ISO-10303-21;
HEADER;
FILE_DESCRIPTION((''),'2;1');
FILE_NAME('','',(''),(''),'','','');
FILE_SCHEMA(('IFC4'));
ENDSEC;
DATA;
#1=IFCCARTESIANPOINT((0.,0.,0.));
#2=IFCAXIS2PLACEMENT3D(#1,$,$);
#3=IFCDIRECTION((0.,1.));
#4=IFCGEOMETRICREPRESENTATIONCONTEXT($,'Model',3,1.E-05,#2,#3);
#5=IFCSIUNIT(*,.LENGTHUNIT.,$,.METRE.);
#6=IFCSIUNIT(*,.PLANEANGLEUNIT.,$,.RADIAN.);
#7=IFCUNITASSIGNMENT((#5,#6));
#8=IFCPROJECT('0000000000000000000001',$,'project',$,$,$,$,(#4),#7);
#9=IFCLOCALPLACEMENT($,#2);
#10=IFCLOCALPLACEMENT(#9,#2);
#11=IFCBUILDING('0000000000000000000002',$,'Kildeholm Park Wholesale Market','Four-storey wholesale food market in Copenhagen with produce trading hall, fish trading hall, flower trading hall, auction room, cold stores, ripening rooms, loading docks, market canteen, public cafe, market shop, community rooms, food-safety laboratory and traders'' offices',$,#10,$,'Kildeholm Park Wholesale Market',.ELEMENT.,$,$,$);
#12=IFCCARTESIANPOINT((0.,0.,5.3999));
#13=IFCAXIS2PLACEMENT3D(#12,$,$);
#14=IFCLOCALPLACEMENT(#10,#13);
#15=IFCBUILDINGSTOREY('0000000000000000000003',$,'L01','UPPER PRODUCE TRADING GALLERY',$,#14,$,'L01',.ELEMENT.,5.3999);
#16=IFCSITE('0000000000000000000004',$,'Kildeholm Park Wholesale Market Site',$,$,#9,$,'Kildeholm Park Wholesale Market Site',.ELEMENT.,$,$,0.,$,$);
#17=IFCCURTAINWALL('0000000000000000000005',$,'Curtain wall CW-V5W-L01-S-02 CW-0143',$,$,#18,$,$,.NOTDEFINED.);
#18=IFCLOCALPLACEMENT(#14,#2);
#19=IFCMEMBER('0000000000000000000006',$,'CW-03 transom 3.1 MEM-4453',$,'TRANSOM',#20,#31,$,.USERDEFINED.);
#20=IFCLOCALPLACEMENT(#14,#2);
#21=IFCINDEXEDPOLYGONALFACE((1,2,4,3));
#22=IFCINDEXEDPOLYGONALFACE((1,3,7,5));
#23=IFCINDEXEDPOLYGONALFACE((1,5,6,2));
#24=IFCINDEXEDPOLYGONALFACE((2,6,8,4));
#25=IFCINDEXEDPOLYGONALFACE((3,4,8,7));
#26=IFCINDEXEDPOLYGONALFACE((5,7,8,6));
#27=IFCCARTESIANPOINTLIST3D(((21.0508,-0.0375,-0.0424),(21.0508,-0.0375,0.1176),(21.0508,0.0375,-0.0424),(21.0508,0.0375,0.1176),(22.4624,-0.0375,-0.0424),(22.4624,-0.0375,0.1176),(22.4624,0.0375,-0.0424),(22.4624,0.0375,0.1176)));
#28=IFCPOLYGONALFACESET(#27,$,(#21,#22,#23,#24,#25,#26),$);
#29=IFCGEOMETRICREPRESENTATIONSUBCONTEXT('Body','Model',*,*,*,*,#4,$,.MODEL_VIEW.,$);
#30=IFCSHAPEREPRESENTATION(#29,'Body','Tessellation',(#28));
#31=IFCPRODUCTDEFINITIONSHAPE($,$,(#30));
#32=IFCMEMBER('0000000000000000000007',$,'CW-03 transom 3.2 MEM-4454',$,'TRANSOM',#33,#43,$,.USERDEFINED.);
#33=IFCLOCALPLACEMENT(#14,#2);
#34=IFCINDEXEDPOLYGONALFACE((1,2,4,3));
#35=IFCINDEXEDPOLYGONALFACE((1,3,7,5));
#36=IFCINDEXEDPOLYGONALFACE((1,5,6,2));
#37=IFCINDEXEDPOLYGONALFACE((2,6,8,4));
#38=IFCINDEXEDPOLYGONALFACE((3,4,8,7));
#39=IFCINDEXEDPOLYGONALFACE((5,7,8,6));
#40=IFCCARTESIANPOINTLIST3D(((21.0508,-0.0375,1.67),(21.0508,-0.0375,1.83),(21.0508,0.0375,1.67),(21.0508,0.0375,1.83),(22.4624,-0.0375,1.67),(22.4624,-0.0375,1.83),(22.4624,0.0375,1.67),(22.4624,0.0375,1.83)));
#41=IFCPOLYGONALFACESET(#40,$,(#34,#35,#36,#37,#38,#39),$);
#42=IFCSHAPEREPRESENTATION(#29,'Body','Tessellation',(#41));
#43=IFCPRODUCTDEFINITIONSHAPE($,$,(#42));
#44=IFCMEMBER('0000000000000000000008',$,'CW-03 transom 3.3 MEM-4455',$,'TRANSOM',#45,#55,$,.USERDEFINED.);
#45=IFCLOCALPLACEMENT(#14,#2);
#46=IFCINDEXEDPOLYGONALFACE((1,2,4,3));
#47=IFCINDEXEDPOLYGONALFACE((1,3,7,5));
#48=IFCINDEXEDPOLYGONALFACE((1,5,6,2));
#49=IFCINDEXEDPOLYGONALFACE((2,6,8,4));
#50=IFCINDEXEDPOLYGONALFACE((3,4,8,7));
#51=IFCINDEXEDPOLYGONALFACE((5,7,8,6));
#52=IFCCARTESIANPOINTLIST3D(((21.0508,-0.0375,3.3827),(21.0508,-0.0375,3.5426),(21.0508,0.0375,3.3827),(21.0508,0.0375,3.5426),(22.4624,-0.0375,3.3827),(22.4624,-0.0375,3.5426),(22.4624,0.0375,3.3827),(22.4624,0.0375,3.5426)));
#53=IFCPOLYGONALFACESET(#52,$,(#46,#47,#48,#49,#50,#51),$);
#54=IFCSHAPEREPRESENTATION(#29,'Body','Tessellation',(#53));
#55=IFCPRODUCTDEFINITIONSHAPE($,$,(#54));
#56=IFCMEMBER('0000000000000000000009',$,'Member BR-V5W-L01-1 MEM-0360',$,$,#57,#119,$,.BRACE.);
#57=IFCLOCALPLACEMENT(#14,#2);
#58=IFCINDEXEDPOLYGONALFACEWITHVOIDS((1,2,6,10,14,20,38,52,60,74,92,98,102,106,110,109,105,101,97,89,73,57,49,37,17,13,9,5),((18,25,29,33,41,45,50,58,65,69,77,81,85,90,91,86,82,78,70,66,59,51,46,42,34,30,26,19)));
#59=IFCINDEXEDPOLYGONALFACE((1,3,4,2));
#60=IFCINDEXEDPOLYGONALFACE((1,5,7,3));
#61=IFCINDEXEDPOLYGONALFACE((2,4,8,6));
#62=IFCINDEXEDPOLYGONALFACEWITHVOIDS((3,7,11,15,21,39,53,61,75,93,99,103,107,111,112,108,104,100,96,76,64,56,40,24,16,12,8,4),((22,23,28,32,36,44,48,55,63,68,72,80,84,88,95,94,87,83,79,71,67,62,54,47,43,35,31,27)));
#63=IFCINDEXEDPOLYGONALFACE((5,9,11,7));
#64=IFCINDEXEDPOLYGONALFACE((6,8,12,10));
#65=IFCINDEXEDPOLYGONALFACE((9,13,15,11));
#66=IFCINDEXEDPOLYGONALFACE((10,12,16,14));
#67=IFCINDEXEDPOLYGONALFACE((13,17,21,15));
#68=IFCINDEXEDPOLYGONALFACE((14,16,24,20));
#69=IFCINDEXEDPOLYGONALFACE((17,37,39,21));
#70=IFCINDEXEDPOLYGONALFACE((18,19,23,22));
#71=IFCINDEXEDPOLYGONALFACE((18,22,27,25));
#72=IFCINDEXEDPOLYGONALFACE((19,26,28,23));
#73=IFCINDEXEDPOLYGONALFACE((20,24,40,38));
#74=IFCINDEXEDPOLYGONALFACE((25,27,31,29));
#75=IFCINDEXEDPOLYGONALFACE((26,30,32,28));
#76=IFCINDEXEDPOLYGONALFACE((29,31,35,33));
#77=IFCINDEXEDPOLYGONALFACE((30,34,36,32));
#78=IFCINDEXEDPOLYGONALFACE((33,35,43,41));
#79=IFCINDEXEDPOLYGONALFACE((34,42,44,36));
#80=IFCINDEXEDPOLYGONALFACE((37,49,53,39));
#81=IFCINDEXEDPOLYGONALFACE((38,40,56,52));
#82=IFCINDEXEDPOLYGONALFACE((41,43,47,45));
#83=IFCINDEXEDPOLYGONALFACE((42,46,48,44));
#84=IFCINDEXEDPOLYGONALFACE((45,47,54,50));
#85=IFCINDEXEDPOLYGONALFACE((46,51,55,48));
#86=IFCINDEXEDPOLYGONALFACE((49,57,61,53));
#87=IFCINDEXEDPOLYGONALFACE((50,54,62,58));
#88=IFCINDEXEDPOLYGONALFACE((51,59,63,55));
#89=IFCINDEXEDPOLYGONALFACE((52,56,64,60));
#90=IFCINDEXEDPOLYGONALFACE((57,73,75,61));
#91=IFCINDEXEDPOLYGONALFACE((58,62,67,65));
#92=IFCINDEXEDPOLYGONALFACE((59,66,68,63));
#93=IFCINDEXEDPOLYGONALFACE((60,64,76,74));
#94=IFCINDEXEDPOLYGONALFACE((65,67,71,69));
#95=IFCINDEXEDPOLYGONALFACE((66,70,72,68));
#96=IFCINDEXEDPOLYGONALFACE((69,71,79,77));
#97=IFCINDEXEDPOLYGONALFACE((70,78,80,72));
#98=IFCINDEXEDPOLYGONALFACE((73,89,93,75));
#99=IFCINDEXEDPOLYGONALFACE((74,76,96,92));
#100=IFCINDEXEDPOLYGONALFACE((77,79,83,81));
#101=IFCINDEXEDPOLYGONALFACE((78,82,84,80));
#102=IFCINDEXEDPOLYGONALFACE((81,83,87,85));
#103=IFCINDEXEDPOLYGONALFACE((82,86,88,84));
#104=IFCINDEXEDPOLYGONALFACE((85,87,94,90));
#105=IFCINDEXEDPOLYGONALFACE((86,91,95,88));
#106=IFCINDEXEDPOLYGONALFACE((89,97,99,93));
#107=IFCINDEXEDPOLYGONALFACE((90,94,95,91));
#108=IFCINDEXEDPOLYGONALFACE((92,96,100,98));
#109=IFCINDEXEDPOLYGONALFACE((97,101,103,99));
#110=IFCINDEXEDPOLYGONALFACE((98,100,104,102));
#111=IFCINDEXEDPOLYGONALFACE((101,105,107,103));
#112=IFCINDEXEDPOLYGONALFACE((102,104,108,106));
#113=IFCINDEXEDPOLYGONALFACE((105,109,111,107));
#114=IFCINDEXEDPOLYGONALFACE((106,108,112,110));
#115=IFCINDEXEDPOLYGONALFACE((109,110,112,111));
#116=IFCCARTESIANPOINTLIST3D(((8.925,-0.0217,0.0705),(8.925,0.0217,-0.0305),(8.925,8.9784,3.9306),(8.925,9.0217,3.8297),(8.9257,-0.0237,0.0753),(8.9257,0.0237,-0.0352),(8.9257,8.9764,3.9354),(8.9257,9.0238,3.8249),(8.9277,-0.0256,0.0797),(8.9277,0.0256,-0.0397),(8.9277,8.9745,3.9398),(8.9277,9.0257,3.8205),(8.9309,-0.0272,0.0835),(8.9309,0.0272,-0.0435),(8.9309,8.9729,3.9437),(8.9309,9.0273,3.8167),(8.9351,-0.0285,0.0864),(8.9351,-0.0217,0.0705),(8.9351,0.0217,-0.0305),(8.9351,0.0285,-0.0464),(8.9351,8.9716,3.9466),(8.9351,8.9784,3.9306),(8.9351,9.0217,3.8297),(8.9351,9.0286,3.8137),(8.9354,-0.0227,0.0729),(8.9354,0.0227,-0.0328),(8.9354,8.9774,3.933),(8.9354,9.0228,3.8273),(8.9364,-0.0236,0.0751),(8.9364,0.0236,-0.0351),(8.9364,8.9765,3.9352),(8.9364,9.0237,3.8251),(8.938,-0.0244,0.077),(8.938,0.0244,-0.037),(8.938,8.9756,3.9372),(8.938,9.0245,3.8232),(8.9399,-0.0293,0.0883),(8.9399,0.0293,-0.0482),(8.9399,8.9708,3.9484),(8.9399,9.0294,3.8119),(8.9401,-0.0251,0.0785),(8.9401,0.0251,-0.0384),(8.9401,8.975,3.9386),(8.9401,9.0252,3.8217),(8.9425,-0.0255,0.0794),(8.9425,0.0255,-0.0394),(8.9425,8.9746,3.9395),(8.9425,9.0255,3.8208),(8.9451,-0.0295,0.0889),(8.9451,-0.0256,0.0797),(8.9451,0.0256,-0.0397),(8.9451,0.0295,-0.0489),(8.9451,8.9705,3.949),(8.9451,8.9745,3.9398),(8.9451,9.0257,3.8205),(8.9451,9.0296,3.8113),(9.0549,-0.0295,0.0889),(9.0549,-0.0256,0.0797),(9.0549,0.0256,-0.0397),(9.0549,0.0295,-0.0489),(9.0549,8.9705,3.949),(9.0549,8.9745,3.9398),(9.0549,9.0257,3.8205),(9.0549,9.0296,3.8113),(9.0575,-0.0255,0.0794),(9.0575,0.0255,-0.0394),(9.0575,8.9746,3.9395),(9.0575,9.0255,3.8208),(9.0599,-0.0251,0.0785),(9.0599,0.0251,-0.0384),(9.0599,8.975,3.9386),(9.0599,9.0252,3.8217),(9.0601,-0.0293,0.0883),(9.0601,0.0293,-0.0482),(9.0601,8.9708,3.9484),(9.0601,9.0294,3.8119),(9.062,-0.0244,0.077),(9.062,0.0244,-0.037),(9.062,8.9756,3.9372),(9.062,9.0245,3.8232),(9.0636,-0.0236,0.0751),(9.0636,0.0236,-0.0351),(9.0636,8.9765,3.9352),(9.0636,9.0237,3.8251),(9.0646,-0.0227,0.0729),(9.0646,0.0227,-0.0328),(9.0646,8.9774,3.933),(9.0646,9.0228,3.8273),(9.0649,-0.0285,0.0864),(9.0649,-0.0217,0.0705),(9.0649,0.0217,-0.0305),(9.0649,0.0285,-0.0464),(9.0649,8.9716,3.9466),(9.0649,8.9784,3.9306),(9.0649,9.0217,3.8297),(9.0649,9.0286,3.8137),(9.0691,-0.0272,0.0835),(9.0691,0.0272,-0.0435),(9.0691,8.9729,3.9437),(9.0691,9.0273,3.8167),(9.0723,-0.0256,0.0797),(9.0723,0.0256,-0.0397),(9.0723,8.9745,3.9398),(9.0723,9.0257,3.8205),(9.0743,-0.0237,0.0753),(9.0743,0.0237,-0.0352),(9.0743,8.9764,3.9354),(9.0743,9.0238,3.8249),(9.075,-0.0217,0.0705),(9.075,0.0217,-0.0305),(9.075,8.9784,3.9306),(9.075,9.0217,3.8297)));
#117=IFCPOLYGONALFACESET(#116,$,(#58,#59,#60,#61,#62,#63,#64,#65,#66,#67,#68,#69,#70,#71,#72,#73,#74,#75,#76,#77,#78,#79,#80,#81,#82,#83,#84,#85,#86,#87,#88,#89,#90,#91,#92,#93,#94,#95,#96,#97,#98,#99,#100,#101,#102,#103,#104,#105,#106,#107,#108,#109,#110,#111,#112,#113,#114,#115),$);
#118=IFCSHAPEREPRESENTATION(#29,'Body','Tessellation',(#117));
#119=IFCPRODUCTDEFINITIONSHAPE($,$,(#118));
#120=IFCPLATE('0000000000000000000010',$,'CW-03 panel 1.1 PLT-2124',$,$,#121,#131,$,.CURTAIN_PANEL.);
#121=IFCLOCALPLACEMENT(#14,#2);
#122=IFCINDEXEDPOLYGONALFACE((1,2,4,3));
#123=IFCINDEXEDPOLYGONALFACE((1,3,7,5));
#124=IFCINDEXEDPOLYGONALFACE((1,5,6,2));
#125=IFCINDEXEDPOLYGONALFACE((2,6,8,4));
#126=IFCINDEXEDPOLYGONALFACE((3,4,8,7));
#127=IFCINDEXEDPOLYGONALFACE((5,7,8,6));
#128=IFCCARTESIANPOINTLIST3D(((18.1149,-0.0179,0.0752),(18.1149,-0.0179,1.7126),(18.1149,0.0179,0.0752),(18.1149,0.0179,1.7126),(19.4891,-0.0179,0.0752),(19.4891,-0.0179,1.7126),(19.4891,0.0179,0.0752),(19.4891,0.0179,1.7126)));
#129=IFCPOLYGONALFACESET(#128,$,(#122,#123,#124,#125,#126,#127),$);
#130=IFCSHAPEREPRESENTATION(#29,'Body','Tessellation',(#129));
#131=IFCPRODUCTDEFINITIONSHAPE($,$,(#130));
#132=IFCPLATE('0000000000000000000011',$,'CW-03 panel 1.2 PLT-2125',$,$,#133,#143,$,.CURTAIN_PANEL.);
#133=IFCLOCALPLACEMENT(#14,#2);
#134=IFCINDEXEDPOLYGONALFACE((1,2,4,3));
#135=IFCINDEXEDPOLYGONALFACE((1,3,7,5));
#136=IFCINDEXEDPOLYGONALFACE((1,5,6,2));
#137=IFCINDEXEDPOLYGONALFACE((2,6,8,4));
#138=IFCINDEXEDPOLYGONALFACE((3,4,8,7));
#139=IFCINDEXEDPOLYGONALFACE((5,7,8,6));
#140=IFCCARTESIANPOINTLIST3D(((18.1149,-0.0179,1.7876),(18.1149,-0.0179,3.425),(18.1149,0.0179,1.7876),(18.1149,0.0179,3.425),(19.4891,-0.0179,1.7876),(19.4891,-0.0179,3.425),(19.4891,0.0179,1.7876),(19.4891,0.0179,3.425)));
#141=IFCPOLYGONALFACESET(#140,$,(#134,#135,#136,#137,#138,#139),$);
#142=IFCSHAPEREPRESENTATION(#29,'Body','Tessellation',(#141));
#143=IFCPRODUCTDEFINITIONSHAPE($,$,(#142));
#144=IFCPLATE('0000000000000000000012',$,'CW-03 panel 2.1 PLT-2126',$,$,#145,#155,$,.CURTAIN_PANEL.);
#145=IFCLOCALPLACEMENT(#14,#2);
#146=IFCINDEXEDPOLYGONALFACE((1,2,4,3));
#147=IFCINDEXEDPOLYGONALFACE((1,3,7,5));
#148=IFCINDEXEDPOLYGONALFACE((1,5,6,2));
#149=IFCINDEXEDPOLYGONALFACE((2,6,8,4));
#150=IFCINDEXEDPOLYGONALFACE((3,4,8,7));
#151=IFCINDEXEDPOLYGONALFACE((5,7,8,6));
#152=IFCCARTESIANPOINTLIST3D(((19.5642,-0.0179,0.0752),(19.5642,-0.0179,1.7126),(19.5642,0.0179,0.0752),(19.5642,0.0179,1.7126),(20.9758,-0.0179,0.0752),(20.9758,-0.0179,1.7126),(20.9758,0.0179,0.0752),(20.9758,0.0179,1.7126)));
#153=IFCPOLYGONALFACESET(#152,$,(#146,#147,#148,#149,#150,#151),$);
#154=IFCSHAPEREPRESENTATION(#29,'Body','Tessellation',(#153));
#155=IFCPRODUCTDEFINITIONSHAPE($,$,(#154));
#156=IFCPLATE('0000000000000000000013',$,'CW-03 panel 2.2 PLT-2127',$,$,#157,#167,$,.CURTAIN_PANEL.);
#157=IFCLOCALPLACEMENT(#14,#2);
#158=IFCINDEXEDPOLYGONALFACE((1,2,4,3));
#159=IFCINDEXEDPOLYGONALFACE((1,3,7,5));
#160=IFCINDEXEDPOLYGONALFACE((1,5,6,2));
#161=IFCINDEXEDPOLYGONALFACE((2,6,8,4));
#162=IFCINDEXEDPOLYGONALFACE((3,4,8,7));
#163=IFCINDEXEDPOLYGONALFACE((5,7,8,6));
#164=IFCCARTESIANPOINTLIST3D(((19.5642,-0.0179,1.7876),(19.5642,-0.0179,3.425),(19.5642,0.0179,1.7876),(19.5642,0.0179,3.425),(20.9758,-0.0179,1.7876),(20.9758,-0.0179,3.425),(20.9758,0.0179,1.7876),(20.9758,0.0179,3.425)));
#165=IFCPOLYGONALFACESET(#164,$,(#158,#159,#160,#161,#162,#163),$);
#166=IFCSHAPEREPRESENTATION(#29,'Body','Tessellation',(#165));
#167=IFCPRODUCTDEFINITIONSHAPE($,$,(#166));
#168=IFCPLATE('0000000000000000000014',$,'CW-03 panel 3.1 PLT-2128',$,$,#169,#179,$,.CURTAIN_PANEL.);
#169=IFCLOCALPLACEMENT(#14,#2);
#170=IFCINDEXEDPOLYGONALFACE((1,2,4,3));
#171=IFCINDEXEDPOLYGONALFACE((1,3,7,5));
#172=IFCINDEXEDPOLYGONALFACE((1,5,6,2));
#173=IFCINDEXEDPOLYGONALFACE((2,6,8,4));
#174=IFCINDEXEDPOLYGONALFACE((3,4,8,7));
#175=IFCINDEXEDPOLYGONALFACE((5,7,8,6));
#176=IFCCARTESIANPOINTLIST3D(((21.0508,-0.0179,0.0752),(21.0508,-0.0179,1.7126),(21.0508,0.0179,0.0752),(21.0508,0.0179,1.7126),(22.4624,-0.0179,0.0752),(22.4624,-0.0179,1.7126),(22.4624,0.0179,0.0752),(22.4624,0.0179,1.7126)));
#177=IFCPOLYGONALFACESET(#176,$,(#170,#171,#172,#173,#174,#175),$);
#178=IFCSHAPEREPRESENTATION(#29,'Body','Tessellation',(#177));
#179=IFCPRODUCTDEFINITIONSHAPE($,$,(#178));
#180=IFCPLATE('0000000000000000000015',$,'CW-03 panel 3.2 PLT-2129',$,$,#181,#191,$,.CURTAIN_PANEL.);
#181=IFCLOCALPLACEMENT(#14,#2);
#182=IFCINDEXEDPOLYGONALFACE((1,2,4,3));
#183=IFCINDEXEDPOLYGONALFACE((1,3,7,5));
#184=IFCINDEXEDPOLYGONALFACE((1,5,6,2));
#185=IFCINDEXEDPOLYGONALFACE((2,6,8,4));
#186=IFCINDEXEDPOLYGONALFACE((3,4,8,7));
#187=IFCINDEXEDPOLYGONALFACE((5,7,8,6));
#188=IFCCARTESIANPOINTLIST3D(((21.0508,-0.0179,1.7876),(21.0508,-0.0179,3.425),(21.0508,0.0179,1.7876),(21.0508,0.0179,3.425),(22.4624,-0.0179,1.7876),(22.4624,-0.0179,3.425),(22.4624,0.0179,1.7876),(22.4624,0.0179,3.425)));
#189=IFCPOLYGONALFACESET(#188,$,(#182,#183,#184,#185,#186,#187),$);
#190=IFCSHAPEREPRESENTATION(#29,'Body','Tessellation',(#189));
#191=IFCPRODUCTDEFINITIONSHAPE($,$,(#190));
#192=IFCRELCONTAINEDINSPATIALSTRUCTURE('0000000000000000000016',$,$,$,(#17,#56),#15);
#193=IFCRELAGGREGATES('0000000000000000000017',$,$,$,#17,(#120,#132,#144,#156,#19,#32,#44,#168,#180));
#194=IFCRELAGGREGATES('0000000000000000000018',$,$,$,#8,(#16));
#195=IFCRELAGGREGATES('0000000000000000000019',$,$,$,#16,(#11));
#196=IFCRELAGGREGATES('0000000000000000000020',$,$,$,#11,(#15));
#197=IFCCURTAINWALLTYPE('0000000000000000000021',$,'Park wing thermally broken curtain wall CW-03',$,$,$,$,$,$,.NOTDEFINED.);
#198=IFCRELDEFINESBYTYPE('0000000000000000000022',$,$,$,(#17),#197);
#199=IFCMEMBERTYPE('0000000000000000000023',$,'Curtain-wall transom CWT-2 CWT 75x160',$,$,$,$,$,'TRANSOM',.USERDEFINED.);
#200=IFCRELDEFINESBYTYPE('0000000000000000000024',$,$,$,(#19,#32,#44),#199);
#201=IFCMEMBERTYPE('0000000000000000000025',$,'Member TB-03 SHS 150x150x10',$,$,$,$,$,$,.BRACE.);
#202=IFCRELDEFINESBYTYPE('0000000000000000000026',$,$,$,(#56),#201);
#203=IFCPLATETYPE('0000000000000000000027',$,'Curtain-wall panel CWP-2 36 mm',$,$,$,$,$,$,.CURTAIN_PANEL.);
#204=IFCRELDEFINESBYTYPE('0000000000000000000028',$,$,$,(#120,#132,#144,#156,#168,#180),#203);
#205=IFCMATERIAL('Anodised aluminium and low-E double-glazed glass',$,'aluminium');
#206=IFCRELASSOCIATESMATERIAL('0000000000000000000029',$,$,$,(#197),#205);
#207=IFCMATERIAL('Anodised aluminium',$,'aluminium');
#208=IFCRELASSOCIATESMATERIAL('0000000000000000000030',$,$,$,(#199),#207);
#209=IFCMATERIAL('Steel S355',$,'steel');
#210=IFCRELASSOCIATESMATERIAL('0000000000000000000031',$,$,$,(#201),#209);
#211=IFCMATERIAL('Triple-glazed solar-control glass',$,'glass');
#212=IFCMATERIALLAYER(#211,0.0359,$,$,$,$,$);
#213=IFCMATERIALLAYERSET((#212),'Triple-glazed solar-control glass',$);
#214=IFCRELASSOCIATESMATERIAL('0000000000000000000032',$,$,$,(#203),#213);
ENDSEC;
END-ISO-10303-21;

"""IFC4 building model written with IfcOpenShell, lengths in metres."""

from ifc_helpers import new_model, si_unit, direction, frame, origin, origin_2d, place, context, subcontext, project, spatial, rectangle, hollow_rectangle, extrude, material, layer, layer_set, material_profile, profile_set, type_object, element, aggregate, save


model = new_model("IFC4")

# Units and contexts
model_context = context("Model", 3, precision=1e-05, world=origin(), true_north=direction((0.0, 1.0)))
body_context = subcontext(model_context, "Body", "Model", "MODEL_VIEW")
ifc_project = project(units=[si_unit("LENGTHUNIT", "METRE"), si_unit("PLANEANGLEUNIT", "RADIAN")], contexts=[model_context])

# Site, building, storey
site_placement = place(None, origin())
site = spatial("IfcSite", under=ifc_project, at=site_placement, Name="Kildeholm Park Wholesale Market Site", LongName="Kildeholm Park Wholesale Market Site", CompositionType="ELEMENT", RefElevation=0.0)
building_placement = place(site_placement, origin())
building = spatial("IfcBuilding", under=site, at=building_placement, Name="Kildeholm Park Wholesale Market", Description="Four-storey wholesale food market in Copenhagen with produce trading hall, fish trading hall, flower trading hall, auction room, cold stores, ripening rooms, loading docks, market canteen, public cafe, market shop, community rooms, food-safety laboratory and traders' offices", LongName="Kildeholm Park Wholesale Market", CompositionType="ELEMENT")
storey_placement = place(building_placement, frame((0.0, 0.0, 5.3999)))
storey = spatial("IfcBuildingStorey", under=building, at=storey_placement, Name="L01", Description="UPPER PRODUCE TRADING GALLERY", LongName="L01", CompositionType="ELEMENT", Elevation=5.3999)

# Shared definitions
ifc_material_1 = material(Name="Steel S355", Category="steel")

# Curtain wall, members
ifc_material_2 = material(Name="Anodised aluminium and low-E double-glazed glass", Category="aluminium")
curtain_wall_type = type_object("IfcCurtainWallType", Name="Park wing thermally broken curtain wall CW-03", PredefinedType="NOTDEFINED", material=ifc_material_2)
curtain_wall_placement = place(storey_placement, origin())
curtain_wall = element("IfcCurtainWall", 1, at=curtain_wall_placement, inside=storey, type_object=curtain_wall_type, Name="Curtain wall CW-V5W-L01-S-02 CW-0143", PredefinedType="NOTDEFINED")
ifc_material_3 = material(Name="Anodised aluminium", Category="aluminium")
ifc_material_profile_1 = material_profile(ifc_material_3, rectangle(XDim=0.075, YDim=0.1599, at=origin_2d()), Name="CWT 75x160")
ifc_profile_set_1 = profile_set([ifc_material_profile_1], Name="Anodised aluminium")
member_type_1 = type_object("IfcMemberType", Name="Curtain-wall transom CWT-2 CWT 75x160", ElementType="TRANSOM", PredefinedType="USERDEFINED", material=ifc_profile_set_1)
member_1_placement = place(storey_placement, frame((21.0508, 0.0, 0.0376), z_axis=(1.0, 0.0, 0.0), x_axis=(0.0, 1.0, 0.0)))
member_1 = element("IfcMember", 2, at=member_1_placement, type_object=member_type_1, Name="CW-03 transom 3.1 MEM-4453", ObjectType="TRANSOM", PredefinedType="USERDEFINED", context=body_context, shape_type="SweptSolid", body=[
    extrude(rectangle(XDim=0.075, YDim=0.1599, at=origin_2d()), origin(), (0.0, 0.0, 1.0), 1.4116),
])
member_2_placement = place(storey_placement, frame((21.0508, 0.0, 1.75), z_axis=(1.0, 0.0, 0.0), x_axis=(0.0, 1.0, 0.0)))
member_2 = element("IfcMember", 3, at=member_2_placement, type_object=member_type_1, Name="CW-03 transom 3.2 MEM-4454", ObjectType="TRANSOM", PredefinedType="USERDEFINED", context=body_context, shape_type="SweptSolid", body=[
    extrude(rectangle(XDim=0.075, YDim=0.1599, at=origin_2d()), origin(), (0.0, 0.0, 1.0), 1.4116),
])
member_3_placement = place(storey_placement, frame((21.0508, 0.0, 3.4626), z_axis=(1.0, 0.0, 0.0), x_axis=(0.0, 1.0, 0.0)))
member_3 = element("IfcMember", 4, at=member_3_placement, type_object=member_type_1, Name="CW-03 transom 3.3 MEM-4455", ObjectType="TRANSOM", PredefinedType="USERDEFINED", context=body_context, shape_type="SweptSolid", body=[
    extrude(rectangle(XDim=0.075, YDim=0.1599, at=origin_2d()), origin(), (0.0, 0.0, 1.0), 1.4116),
])

# Member
ifc_material_profile_2 = material_profile(ifc_material_1, hollow_rectangle(XDim=0.1499, YDim=0.1499, WallThickness=0.01, InnerFilletRadius=0.01, OuterFilletRadius=0.02, at=origin_2d()), Name="SHS 150x150x10")
ifc_profile_set_2 = profile_set([ifc_material_profile_2], Name="Steel S355")
member_type_2 = type_object("IfcMemberType", Name="Member TB-03 SHS 150x150x10", PredefinedType="BRACE", material=ifc_profile_set_2)
member_4_placement = place(storey_placement, frame((9.0, 0.0, 0.02), z_axis=(0.0, 0.919035, 0.394175), x_axis=(-1.0, 0.0, 0.0)))
element("IfcMember", 5, at=member_4_placement, inside=storey, type_object=member_type_2, Name="Member BR-V5W-L01-1 MEM-0360", PredefinedType="BRACE", context=body_context, shape_type="SweptSolid", body=[
    extrude(hollow_rectangle(XDim=0.1499, YDim=0.1499, WallThickness=0.01, InnerFilletRadius=0.01, OuterFilletRadius=0.02, at=origin_2d()), origin(), (0.0, 0.0, 1.0), 9.793),
])

# Plates
ifc_material_4 = material(Name="Triple-glazed solar-control glass", Category="glass")
ifc_layer_1 = layer(ifc_material_4, 0.0359)
ifc_layer_set_1 = layer_set([ifc_layer_1], Name="Triple-glazed solar-control glass")
plate_type_1 = type_object("IfcPlateType", Name="Curtain-wall panel CWP-2 36 mm", PredefinedType="CURTAIN_PANEL", material=ifc_layer_set_1)
plate_1_placement = place(storey_placement, frame((18.802, 0.0, 0.0752), z_axis=(0.0, 0.0, 1.0), x_axis=(1.0, 0.0, 0.0)))
plate_1 = element("IfcPlate", 6, at=plate_1_placement, type_object=plate_type_1, Name="CW-03 panel 1.1 PLT-2124", PredefinedType="CURTAIN_PANEL", context=body_context, shape_type="SweptSolid", body=[
    extrude(rectangle(XDim=1.3743, YDim=0.0359, at=origin_2d()), origin(), (0.0, 0.0, 1.0), 1.6375),
])
plate_2_placement = place(storey_placement, frame((18.802, 0.0, 1.7876), z_axis=(0.0, 0.0, 1.0), x_axis=(1.0, 0.0, 0.0)))
plate_2 = element("IfcPlate", 7, at=plate_2_placement, type_object=plate_type_1, Name="CW-03 panel 1.2 PLT-2125", PredefinedType="CURTAIN_PANEL", context=body_context, shape_type="SweptSolid", body=[
    extrude(rectangle(XDim=1.3743, YDim=0.0359, at=origin_2d()), origin(), (0.0, 0.0, 1.0), 1.6375),
])
plate_3_placement = place(storey_placement, frame((20.27, 0.0, 0.0752), z_axis=(0.0, 0.0, 1.0), x_axis=(1.0, 0.0, 0.0)))
plate_3 = element("IfcPlate", 8, at=plate_3_placement, type_object=plate_type_1, Name="CW-03 panel 2.1 PLT-2126", PredefinedType="CURTAIN_PANEL", context=body_context, shape_type="SweptSolid", body=[
    extrude(rectangle(XDim=1.4116, YDim=0.0359, at=origin_2d()), origin(), (0.0, 0.0, 1.0), 1.6375),
])
plate_4_placement = place(storey_placement, frame((20.27, 0.0, 1.7876), z_axis=(0.0, 0.0, 1.0), x_axis=(1.0, 0.0, 0.0)))
plate_4 = element("IfcPlate", 9, at=plate_4_placement, type_object=plate_type_1, Name="CW-03 panel 2.2 PLT-2127", PredefinedType="CURTAIN_PANEL", context=body_context, shape_type="SweptSolid", body=[
    extrude(rectangle(XDim=1.4116, YDim=0.0359, at=origin_2d()), origin(), (0.0, 0.0, 1.0), 1.6375),
])
plate_5_placement = place(storey_placement, frame((21.7566, 0.0, 0.0752), z_axis=(0.0, 0.0, 1.0), x_axis=(1.0, 0.0, 0.0)))
plate_5 = element("IfcPlate", 10, at=plate_5_placement, type_object=plate_type_1, Name="CW-03 panel 3.1 PLT-2128", PredefinedType="CURTAIN_PANEL", context=body_context, shape_type="SweptSolid", body=[
    extrude(rectangle(XDim=1.4116, YDim=0.0359, at=origin_2d()), origin(), (0.0, 0.0, 1.0), 1.6375),
])
plate_6_placement = place(storey_placement, frame((21.7566, 0.0, 1.7876), z_axis=(0.0, 0.0, 1.0), x_axis=(1.0, 0.0, 0.0)))
plate_6 = element("IfcPlate", 11, at=plate_6_placement, type_object=plate_type_1, Name="CW-03 panel 3.2 PLT-2129", PredefinedType="CURTAIN_PANEL", context=body_context, shape_type="SweptSolid", body=[
    extrude(rectangle(XDim=1.4116, YDim=0.0359, at=origin_2d()), origin(), (0.0, 0.0, 1.0), 1.6375),
])
aggregate(curtain_wall, [plate_1, plate_2, plate_3, plate_4, member_1, member_2, member_3, plate_5, plate_6])

save(model, "model.ifc")
